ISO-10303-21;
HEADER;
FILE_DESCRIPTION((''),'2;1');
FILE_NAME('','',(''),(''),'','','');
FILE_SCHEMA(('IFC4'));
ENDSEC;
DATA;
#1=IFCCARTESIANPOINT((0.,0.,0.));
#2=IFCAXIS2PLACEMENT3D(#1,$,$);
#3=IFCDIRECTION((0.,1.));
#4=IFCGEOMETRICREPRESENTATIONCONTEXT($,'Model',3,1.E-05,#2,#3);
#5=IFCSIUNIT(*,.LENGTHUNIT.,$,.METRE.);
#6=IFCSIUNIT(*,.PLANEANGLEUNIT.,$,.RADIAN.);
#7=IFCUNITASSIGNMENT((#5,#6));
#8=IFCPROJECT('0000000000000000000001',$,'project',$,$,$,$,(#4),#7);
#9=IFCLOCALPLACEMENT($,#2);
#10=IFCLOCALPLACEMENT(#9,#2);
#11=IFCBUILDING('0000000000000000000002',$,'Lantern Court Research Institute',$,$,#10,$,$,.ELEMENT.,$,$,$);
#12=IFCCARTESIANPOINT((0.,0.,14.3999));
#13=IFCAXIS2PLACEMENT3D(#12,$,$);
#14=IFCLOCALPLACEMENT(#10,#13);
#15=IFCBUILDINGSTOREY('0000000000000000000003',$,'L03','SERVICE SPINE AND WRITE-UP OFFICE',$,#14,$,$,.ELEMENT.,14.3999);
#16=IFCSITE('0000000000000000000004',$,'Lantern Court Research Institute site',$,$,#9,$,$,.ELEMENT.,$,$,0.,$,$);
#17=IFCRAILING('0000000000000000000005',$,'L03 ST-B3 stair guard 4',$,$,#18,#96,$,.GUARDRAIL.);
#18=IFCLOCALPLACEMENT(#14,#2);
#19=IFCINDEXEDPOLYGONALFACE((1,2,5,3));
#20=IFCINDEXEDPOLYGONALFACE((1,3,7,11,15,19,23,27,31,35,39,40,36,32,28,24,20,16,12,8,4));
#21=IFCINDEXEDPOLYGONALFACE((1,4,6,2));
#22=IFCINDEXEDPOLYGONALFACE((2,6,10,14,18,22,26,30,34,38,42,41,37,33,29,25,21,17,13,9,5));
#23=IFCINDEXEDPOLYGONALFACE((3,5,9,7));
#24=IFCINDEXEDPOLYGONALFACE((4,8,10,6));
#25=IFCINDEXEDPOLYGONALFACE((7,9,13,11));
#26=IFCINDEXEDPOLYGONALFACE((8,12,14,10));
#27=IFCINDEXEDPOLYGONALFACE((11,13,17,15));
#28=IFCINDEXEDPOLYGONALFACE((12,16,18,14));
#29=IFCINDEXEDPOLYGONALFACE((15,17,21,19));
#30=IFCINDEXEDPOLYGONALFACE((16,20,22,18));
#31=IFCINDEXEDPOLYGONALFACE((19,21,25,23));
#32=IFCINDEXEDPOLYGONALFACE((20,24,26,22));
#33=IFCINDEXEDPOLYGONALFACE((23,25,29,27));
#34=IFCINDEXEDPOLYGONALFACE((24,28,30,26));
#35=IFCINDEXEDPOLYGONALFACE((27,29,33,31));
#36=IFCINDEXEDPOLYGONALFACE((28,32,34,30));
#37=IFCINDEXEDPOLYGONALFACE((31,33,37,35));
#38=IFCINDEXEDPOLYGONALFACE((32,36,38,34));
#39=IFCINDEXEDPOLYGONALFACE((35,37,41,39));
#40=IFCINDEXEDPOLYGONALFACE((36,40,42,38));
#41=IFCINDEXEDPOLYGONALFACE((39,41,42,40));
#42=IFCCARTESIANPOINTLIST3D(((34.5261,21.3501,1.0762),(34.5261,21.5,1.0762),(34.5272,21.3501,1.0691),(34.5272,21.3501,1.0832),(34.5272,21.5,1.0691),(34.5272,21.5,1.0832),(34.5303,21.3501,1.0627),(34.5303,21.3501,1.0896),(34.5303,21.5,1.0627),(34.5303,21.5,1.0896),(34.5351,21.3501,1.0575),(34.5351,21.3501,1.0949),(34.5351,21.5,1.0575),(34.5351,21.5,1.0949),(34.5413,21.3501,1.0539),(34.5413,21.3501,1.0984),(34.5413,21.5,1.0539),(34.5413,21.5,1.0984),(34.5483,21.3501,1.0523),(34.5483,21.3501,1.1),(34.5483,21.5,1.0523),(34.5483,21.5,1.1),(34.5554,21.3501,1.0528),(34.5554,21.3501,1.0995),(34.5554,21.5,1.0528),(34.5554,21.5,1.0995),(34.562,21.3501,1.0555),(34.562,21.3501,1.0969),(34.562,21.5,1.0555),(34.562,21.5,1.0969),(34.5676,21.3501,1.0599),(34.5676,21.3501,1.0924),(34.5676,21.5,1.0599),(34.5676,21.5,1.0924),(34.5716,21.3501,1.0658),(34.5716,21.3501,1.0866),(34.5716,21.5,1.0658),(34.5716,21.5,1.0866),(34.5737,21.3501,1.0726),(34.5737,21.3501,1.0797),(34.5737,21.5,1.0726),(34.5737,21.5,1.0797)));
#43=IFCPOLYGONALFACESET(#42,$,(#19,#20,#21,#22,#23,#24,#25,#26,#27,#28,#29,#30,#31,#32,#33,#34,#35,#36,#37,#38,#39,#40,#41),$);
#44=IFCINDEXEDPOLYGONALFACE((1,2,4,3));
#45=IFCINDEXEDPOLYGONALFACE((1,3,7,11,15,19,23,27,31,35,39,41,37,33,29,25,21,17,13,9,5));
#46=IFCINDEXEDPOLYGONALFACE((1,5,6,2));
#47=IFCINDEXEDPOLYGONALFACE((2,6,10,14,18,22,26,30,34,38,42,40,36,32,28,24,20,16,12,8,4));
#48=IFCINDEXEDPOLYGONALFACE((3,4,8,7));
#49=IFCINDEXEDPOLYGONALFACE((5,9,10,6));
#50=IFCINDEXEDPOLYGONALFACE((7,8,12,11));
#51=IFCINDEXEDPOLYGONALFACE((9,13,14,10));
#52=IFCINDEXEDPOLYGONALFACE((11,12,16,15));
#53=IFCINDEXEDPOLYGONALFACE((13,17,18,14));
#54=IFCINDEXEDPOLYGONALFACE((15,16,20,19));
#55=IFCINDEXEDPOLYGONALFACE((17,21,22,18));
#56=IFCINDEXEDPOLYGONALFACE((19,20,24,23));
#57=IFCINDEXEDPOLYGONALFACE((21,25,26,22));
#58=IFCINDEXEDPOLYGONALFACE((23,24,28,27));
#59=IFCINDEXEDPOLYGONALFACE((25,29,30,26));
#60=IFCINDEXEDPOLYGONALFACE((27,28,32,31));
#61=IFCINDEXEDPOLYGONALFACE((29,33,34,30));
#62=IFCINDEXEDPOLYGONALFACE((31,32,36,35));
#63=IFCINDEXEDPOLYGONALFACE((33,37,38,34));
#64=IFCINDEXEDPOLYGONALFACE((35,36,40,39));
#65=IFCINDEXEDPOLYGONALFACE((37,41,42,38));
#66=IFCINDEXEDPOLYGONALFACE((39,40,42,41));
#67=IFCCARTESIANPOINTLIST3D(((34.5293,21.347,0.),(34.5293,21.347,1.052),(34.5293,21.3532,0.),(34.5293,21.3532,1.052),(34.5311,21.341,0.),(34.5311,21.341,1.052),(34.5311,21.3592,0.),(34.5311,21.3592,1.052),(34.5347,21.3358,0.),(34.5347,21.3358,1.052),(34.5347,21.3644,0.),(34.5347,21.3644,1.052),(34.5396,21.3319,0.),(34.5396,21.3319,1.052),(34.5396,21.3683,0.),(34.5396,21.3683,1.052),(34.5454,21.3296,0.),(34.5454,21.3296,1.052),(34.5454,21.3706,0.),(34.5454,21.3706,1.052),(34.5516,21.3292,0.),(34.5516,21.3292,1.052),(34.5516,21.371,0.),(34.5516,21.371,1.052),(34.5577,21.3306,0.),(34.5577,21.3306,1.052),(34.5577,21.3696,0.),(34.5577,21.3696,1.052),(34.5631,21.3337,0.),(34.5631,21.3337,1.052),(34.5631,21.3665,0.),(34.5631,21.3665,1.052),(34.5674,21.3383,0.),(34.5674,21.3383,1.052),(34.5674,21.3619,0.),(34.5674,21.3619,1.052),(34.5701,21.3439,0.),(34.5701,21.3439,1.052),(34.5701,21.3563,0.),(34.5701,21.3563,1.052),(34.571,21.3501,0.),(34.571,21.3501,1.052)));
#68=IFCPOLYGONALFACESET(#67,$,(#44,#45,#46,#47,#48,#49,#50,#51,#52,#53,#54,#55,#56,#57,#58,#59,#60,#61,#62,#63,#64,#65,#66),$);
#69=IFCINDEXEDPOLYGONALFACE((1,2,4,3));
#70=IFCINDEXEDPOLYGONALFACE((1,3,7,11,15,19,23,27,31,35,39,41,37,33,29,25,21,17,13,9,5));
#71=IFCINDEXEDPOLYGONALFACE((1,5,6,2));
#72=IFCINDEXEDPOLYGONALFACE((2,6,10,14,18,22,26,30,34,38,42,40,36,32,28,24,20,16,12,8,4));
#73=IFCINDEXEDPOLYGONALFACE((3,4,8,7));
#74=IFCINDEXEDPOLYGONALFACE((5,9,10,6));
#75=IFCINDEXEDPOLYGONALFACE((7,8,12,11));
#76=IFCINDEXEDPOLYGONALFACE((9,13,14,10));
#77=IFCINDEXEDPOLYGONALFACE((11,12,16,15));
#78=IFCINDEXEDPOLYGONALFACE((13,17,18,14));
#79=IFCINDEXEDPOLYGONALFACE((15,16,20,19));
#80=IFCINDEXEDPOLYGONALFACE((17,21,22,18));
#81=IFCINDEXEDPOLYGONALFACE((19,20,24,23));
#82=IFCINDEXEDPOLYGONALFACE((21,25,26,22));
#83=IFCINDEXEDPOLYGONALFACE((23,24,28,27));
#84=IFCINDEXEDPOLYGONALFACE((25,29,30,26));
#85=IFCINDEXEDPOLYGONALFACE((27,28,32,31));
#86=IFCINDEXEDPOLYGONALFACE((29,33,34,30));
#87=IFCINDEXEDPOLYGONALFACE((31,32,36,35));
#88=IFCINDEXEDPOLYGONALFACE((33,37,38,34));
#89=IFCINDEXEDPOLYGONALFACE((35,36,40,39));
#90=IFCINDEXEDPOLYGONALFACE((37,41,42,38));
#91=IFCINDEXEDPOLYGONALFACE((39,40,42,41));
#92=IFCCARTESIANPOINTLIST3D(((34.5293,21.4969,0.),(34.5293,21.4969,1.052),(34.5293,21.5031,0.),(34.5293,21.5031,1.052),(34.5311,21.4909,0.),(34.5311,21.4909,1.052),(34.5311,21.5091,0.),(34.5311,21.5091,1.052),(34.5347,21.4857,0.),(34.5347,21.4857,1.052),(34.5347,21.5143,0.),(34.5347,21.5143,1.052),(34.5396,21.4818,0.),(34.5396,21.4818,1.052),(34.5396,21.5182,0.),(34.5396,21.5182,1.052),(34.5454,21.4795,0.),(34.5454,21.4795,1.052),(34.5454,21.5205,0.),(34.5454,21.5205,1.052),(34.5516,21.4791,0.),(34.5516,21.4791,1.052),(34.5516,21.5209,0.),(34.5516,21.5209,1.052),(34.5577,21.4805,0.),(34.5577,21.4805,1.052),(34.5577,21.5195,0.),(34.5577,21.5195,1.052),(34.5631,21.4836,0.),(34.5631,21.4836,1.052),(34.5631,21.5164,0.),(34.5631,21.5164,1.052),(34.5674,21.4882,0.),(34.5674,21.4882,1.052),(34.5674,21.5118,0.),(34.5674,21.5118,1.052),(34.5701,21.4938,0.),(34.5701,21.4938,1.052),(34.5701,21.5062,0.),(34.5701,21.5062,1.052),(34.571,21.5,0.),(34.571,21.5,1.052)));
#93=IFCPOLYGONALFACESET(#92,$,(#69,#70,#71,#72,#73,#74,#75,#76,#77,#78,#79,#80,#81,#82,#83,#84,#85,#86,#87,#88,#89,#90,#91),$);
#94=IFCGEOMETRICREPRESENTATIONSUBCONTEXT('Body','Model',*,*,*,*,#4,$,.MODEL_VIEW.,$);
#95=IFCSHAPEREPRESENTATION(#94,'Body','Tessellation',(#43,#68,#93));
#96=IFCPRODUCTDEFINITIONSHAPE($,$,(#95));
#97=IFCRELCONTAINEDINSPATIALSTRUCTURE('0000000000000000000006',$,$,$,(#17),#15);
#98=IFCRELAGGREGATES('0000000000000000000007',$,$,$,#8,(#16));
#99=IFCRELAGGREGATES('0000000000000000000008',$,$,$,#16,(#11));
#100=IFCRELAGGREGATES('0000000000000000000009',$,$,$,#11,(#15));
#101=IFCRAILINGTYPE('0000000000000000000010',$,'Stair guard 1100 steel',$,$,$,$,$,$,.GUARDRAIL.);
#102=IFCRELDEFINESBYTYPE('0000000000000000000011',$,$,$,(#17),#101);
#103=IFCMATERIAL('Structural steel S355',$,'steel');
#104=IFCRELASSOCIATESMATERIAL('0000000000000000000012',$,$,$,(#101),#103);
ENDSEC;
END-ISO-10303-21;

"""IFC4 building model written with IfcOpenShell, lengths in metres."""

from ifc_helpers import new_model, si_unit, direction, frame, origin, origin_2d, place, context, subcontext, project, spatial, circle, extrude, material, type_object, element, save


model = new_model("IFC4")

# Units and contexts
model_context = context("Model", 3, precision=1e-05, world=origin(), true_north=direction((0.0, 1.0)))
body_context = subcontext(model_context, "Body", "Model", "MODEL_VIEW")
ifc_project = project(units=[si_unit("LENGTHUNIT", "METRE"), si_unit("PLANEANGLEUNIT", "RADIAN")], contexts=[model_context])

# Site, building, storey
site_placement = place(None, origin())
site = spatial("IfcSite", under=ifc_project, at=site_placement, Name="Lantern Court Research Institute site", CompositionType="ELEMENT", RefElevation=0.0)
building_placement = place(site_placement, origin())
building = spatial("IfcBuilding", under=site, at=building_placement, Name="Lantern Court Research Institute", CompositionType="ELEMENT")
storey_placement = place(building_placement, frame((0.0, 0.0, 14.3999)))
storey = spatial("IfcBuildingStorey", under=building, at=storey_placement, Name="L03", Description="SERVICE SPINE AND WRITE-UP OFFICE", CompositionType="ELEMENT", Elevation=14.3999)

# Railing
ifc_material_1 = material(Name="Structural steel S355", Category="steel")
railing_type_1 = type_object("IfcRailingType", Name="Stair guard 1100 steel", PredefinedType="GUARDRAIL", material=ifc_material_1)
railing_1_placement = place(storey_placement, frame((34.55, 21.3501, 0.0)))
element("IfcRailing", 1, at=railing_1_placement, inside=storey, type_object=railing_type_1, Name="L03 ST-B3 stair guard 4", PredefinedType="GUARDRAIL", context=body_context, shape_type="SweptSolid", body=[
    extrude(circle(Radius=0.0239, at=origin_2d()), frame((0.0, 0.0, 1.0762), z_axis=(0.0, 1.0, 0.0), x_axis=(-1.0, 0.0, 0.0)), (0.0, 0.0, 1.0), 0.1499),
    extrude(circle(Radius=0.021, at=origin_2d()), origin(), (0.0, 0.0, 1.0), 1.052),
    extrude(circle(Radius=0.021, at=origin_2d()), frame((0.0, 0.1499, 0.0)), (0.0, 0.0, 1.0), 1.052),
])

save(model, "model.ifc")
